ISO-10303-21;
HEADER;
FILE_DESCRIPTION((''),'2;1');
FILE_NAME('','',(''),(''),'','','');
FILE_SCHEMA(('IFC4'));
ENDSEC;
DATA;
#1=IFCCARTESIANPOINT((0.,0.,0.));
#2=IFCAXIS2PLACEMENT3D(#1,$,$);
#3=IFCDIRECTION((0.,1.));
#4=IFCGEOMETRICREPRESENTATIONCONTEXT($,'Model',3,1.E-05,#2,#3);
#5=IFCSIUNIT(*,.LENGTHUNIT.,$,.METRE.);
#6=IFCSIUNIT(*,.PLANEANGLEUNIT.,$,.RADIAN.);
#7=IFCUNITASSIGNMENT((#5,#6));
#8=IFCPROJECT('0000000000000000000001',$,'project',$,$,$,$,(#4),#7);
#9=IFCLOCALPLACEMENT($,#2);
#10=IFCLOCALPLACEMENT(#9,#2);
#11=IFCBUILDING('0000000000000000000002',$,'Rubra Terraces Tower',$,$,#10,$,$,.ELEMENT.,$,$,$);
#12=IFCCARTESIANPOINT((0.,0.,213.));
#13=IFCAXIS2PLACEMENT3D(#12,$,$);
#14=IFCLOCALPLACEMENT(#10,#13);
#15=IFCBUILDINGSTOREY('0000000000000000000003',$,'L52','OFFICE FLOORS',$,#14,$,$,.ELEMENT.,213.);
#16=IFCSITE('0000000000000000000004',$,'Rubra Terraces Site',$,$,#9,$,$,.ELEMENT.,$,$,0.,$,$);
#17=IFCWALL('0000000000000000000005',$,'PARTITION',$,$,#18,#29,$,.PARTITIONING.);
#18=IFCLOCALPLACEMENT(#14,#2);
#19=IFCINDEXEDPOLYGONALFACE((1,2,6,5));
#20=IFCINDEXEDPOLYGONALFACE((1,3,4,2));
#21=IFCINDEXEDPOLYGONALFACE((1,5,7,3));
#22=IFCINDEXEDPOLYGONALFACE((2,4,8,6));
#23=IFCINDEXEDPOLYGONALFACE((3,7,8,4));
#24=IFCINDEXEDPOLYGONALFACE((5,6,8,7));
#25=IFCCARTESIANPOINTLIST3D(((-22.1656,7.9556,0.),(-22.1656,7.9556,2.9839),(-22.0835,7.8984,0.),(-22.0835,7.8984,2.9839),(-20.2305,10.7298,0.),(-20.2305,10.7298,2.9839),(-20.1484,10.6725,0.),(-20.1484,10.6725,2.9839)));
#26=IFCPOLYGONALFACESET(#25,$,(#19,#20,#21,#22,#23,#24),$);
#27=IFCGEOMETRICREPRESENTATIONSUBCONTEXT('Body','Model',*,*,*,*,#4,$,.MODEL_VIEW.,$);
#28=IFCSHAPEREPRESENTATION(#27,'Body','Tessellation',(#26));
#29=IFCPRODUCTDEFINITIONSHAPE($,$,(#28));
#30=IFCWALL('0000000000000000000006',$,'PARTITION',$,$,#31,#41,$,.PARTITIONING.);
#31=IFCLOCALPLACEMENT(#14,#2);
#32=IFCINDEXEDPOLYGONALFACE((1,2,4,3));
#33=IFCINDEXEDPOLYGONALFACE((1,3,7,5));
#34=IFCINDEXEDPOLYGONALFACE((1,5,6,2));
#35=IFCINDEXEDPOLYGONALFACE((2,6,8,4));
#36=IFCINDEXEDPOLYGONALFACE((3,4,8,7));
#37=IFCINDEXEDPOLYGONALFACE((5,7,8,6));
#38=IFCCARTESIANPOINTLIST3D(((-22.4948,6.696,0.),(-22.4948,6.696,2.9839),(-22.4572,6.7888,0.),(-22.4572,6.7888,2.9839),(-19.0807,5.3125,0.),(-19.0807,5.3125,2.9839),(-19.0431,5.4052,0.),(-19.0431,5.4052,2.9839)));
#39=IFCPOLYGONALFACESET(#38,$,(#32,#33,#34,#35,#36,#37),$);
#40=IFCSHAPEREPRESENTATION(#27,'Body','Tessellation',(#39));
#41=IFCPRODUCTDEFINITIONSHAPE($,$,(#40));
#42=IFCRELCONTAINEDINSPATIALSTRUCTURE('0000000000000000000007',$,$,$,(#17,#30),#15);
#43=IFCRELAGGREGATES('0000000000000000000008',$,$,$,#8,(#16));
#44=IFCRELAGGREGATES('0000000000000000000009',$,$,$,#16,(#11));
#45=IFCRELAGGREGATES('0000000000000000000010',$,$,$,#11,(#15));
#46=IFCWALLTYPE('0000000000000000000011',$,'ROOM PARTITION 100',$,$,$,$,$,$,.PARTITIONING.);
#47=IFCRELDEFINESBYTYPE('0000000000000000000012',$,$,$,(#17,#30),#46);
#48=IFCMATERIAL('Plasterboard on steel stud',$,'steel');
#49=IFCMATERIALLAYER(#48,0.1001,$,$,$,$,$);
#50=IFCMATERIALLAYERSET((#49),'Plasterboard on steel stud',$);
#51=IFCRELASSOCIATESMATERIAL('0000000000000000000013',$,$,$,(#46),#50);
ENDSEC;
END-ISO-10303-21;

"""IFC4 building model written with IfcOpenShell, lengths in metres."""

from ifc_helpers import new_model, si_unit, direction, frame, frame_2d, origin, place, context, subcontext, project, spatial, rectangle, extrude, material, layer, layer_set, type_object, element, save


model = new_model("IFC4")

# Units and contexts
model_context = context("Model", 3, precision=1e-05, world=origin(), true_north=direction((0.0, 1.0)))
body_context = subcontext(model_context, "Body", "Model", "MODEL_VIEW")
ifc_project = project(units=[si_unit("LENGTHUNIT", "METRE"), si_unit("PLANEANGLEUNIT", "RADIAN")], contexts=[model_context])

# Site, building, storey
site_placement = place(None, origin())
site = spatial("IfcSite", under=ifc_project, at=site_placement, Name="Rubra Terraces Site", CompositionType="ELEMENT", RefElevation=0.0)
building_placement = place(site_placement, origin())
building = spatial("IfcBuilding", under=site, at=building_placement, Name="Rubra Terraces Tower", CompositionType="ELEMENT")
storey_placement = place(building_placement, frame((0.0, 0.0, 213.0)))
storey = spatial("IfcBuildingStorey", under=building, at=storey_placement, Name="L52", Description="OFFICE FLOORS", CompositionType="ELEMENT", Elevation=213.0)

# Shared definitions
ifc_material_1 = material(Name="Plasterboard on steel stud", Category="steel")
ifc_layer_1 = layer(ifc_material_1, 0.1001)
ifc_layer_set_1 = layer_set([ifc_layer_1], Name="Plasterboard on steel stud")
wall_type_1 = type_object("IfcWallType", Name="ROOM PARTITION 100", PredefinedType="PARTITIONING", material=ifc_layer_set_1)

# Walls
wall_1_placement = place(storey_placement, frame((-22.1245, 7.927, 0.0), z_axis=(0.0, 0.0, 1.0), x_axis=(0.5721, 0.820184, 0.0)))
element("IfcWall", 1, at=wall_1_placement, inside=storey, type_object=wall_type_1, Name="PARTITION", PredefinedType="PARTITIONING", context=body_context, shape_type="SweptSolid", body=[
    extrude(rectangle(XDim=3.3823, YDim=0.1001, at=frame_2d((1.6912, 0.0))), origin(), (0.0, 0.0, 1.0), 2.9839),
])
wall_2_placement = place(storey_placement, frame((-19.062, 5.3589, 0.0), z_axis=(0.0, 0.0, 1.0), x_axis=(-0.92679, 0.37558, 0.0)))
element("IfcWall", 2, at=wall_2_placement, inside=storey, type_object=wall_type_1, Name="PARTITION", PredefinedType="PARTITIONING", context=body_context, shape_type="SweptSolid", body=[
    extrude(rectangle(XDim=3.6838, YDim=0.1001, at=frame_2d((1.8418, 0.0))), origin(), (0.0, 0.0, 1.0), 2.9839),
])

save(model, "model.ifc")
